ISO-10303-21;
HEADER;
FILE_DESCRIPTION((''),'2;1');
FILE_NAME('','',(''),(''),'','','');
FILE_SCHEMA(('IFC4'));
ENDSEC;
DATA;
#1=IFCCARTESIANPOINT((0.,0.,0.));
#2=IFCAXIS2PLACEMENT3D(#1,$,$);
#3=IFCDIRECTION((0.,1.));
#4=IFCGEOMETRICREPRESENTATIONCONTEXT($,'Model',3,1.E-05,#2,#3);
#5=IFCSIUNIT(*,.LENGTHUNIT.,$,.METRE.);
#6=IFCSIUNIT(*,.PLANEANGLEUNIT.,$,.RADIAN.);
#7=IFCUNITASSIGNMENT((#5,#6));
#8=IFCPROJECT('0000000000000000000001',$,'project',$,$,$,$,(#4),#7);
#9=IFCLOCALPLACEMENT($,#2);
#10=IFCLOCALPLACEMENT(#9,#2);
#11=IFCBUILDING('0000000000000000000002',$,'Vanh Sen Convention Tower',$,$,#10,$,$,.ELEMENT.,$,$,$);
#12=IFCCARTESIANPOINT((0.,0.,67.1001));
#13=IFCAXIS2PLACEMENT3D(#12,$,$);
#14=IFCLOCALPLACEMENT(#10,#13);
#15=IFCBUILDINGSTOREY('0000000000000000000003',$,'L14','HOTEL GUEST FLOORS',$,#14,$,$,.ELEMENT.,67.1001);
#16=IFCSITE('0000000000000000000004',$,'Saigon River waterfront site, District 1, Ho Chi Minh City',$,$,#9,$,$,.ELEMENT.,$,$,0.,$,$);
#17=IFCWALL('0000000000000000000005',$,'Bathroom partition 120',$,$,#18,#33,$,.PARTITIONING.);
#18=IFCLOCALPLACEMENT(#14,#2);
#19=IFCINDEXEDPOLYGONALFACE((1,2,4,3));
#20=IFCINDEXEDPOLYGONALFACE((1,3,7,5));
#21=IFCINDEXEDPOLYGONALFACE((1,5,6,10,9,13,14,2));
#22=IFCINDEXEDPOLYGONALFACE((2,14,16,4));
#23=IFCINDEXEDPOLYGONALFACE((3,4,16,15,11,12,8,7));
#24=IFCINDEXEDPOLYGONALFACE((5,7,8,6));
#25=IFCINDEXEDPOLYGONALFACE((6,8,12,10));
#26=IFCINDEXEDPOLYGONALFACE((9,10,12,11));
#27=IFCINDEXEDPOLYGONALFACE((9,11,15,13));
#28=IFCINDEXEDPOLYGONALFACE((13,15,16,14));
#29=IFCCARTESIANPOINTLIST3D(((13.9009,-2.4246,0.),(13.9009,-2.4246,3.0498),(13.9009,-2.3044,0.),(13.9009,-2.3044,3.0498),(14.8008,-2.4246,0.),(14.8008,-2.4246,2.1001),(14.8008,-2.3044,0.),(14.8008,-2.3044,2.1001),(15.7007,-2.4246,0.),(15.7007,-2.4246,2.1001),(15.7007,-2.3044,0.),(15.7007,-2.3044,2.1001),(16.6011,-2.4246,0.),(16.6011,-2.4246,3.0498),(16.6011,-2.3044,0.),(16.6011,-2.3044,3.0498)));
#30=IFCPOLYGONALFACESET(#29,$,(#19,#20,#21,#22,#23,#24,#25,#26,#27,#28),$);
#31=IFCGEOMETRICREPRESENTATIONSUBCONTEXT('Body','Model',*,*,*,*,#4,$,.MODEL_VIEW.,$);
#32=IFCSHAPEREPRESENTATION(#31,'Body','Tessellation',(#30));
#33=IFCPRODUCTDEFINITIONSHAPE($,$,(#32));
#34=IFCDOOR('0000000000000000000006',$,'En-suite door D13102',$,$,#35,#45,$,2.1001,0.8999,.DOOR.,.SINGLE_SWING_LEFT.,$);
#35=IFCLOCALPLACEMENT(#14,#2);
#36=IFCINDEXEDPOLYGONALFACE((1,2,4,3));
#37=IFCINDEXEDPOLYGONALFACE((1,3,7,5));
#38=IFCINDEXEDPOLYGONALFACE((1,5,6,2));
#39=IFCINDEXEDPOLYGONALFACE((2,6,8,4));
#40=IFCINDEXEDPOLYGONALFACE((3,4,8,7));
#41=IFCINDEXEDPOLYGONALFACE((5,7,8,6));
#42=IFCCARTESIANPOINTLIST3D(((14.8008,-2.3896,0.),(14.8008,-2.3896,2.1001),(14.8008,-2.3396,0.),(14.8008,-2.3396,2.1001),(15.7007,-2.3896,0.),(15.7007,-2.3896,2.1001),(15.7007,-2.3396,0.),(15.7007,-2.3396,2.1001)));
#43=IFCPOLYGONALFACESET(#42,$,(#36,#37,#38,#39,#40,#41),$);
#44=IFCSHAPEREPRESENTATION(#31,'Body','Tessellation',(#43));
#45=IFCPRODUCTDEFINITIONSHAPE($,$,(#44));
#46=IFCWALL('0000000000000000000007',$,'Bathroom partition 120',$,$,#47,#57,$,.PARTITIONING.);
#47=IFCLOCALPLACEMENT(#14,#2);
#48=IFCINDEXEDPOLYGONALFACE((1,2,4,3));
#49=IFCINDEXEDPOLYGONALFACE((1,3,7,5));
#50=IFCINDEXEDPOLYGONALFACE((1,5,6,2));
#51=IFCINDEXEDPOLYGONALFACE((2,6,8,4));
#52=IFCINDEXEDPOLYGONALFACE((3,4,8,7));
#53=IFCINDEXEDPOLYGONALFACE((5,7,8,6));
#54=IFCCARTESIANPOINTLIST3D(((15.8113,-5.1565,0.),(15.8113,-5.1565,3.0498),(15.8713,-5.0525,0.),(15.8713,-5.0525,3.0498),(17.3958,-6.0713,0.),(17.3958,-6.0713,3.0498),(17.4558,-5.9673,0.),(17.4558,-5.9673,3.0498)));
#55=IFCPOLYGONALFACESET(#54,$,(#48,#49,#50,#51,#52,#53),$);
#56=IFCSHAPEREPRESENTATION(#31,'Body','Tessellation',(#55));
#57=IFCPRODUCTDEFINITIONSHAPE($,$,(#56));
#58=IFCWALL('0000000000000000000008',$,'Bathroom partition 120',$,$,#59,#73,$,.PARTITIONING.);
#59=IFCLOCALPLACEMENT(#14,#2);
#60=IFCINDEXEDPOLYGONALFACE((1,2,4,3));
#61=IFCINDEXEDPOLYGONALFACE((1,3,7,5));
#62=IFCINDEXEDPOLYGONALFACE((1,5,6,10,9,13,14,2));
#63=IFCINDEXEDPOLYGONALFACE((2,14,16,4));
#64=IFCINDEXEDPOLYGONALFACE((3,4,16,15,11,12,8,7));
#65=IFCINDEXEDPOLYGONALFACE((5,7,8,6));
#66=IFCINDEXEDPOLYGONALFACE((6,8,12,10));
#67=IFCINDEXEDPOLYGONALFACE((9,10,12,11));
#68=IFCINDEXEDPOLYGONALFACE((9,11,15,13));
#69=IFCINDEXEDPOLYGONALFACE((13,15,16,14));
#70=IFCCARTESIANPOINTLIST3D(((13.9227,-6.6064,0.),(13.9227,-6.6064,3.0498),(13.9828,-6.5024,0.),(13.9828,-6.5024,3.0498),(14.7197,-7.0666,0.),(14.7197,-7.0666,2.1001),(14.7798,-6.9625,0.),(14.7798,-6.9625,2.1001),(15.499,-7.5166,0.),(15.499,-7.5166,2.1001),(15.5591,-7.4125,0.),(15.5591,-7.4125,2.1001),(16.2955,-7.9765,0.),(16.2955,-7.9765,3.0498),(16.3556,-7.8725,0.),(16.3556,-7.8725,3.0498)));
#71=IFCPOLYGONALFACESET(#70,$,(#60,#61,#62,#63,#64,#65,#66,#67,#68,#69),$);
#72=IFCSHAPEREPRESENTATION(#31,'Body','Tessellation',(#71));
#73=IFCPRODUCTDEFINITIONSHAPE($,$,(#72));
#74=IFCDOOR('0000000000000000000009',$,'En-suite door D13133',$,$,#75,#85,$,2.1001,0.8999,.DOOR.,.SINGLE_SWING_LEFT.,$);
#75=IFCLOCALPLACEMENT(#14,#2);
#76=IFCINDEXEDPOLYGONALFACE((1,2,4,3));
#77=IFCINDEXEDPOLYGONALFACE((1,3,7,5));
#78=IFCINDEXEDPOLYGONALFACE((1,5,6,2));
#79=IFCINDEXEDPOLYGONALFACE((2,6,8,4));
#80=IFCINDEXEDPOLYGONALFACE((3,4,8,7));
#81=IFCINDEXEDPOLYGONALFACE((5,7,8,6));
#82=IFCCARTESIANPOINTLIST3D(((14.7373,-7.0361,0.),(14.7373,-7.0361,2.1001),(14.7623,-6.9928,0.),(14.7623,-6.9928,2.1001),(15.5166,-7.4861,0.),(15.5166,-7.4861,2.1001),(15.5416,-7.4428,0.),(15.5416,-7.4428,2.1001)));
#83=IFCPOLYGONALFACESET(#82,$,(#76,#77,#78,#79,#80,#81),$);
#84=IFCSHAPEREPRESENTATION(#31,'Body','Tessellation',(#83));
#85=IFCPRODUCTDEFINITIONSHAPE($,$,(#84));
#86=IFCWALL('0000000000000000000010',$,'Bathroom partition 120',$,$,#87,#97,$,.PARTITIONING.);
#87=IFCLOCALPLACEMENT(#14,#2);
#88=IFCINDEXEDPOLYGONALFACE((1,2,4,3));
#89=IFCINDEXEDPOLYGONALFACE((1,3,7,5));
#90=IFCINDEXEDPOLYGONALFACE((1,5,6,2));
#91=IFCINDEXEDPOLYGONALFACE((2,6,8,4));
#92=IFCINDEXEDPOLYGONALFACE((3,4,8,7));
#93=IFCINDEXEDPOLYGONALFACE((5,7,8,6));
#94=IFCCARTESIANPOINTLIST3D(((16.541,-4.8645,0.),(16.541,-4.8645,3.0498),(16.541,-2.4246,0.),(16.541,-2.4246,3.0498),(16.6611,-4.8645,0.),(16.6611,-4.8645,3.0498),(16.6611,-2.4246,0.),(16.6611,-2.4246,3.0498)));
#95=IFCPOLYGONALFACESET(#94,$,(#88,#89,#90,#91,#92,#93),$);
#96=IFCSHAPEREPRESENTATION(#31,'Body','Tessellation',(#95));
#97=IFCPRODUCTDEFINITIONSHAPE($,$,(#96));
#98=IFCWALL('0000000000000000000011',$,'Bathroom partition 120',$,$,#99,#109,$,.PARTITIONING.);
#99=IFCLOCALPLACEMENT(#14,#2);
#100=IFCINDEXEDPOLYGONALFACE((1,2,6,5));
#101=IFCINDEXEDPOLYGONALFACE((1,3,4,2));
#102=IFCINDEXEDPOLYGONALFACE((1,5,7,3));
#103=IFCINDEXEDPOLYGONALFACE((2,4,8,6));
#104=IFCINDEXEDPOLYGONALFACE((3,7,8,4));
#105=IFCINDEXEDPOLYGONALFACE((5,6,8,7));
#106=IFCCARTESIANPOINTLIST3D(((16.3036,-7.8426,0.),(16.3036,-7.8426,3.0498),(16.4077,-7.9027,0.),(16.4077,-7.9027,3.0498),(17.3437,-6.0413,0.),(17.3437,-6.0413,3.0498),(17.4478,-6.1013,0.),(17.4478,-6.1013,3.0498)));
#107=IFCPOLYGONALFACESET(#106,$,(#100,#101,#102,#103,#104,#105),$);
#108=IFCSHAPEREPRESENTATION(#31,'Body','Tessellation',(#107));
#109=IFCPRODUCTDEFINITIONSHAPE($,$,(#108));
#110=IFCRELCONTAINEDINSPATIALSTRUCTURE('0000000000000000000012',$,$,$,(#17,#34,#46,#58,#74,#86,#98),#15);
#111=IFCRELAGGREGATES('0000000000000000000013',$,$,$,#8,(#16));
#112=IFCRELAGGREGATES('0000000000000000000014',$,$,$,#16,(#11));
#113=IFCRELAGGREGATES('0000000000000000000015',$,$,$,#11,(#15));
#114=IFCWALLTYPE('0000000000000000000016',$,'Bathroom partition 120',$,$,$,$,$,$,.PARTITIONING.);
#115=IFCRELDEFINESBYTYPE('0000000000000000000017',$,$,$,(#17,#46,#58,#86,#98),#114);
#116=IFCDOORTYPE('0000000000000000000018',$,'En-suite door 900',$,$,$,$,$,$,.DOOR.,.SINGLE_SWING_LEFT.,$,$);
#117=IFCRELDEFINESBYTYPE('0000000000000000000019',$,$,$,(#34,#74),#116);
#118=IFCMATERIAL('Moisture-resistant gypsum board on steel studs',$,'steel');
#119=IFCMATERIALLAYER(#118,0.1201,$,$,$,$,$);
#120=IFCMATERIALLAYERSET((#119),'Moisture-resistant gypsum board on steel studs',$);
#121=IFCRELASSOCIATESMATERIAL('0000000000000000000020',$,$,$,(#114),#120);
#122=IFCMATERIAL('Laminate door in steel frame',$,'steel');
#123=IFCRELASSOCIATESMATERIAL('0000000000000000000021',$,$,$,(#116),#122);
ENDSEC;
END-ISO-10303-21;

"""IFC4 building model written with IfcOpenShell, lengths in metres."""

from ifc_helpers import new_model, si_unit, direction, frame, frame_2d, origin, place, context, subcontext, project, spatial, rectangle, extrude, material, layer, layer_set, type_object, element, fill, save


model = new_model("IFC4")

# Units and contexts
model_context = context("Model", 3, precision=1e-05, world=origin(), true_north=direction((0.0, 1.0)))
body_context = subcontext(model_context, "Body", "Model", "MODEL_VIEW")
ifc_project = project(units=[si_unit("LENGTHUNIT", "METRE"), si_unit("PLANEANGLEUNIT", "RADIAN")], contexts=[model_context])

# Site, building, storey
site_placement = place(None, origin())
site = spatial("IfcSite", under=ifc_project, at=site_placement, Name="Saigon River waterfront site, District 1, Ho Chi Minh City", CompositionType="ELEMENT", RefElevation=0.0)
building_placement = place(site_placement, origin())
building = spatial("IfcBuilding", under=site, at=building_placement, Name="Vanh Sen Convention Tower", CompositionType="ELEMENT")
storey_placement = place(building_placement, frame((0.0, 0.0, 67.1001)))
storey = spatial("IfcBuildingStorey", under=building, at=storey_placement, Name="L14", Description="HOTEL GUEST FLOORS", CompositionType="ELEMENT", Elevation=67.1001)

# Wall, opening, door
ifc_material_1 = material(Name="Moisture-resistant gypsum board on steel studs", Category="steel")
ifc_layer_1 = layer(ifc_material_1, 0.1201)
ifc_layer_set_1 = layer_set([ifc_layer_1], Name="Moisture-resistant gypsum board on steel studs")
wall_type_1 = type_object("IfcWallType", Name="Bathroom partition 120", PredefinedType="PARTITIONING", material=ifc_layer_set_1)
wall_1_placement = place(storey_placement, frame((13.9009, -2.3645, 0.0), z_axis=(0.0, 0.0, 1.0), x_axis=(1.0, 0.0, 0.0)))
wall_1 = element("IfcWall", 1, at=wall_1_placement, inside=storey, type_object=wall_type_1, Name="Bathroom partition 120", PredefinedType="PARTITIONING", context=body_context, shape_type="SweptSolid", body=[
    extrude(rectangle(XDim=2.7002, YDim=0.1201, at=frame_2d((1.3501, 0.0))), origin(), (0.0, 0.0, 1.0), 3.0498),
])
opening_1_placement = place(wall_1_placement, frame((0.8999, 0.0, 0.0)))
opening_1 = element("IfcOpeningElement", 2, at=opening_1_placement, cuts=wall_1, PredefinedType="OPENING", context=body_context, shape_type="SweptSolid", body=[
    extrude(rectangle(XDim=0.8999, YDim=2.1001, at=frame_2d((0.45, 1.05))), frame((0.0, 0.0701, 0.0), z_axis=(0.0, -1.0, 0.0), x_axis=(1.0, 0.0, 0.0)), (0.0, 0.0, 1.0), 0.1401),
])
ifc_material_2 = material(Name="Laminate door in steel frame", Category="steel")
door_type = type_object("IfcDoorType", Name="En-suite door 900", OperationType="SINGLE_SWING_LEFT", PredefinedType="DOOR", material=ifc_material_2)
door_1_placement = place(opening_1_placement, origin())
door_1 = element("IfcDoor", 3, at=door_1_placement, inside=storey, type_object=door_type, Name="En-suite door D13102", OperationType="SINGLE_SWING_LEFT", OverallHeight=2.1001, OverallWidth=0.8999, PredefinedType="DOOR", context=body_context, shape_type="SweptSolid", body=[
    extrude(rectangle(XDim=0.8999, YDim=2.1001, at=frame_2d((0.45, 1.05))), frame((0.0, 0.0249, 0.0), z_axis=(0.0, -1.0, 0.0), x_axis=(1.0, 0.0, 0.0)), (0.0, 0.0, 1.0), 0.05),
])
fill(opening_1, door_1)

# Wall
wall_2_placement = place(storey_placement, frame((15.8413, -5.1045, 0.0), z_axis=(0.0, 0.0, 1.0), x_axis=(0.866026, -0.5, 0.0)))
element("IfcWall", 4, at=wall_2_placement, inside=storey, type_object=wall_type_1, Name="Bathroom partition 120", PredefinedType="PARTITIONING", context=body_context, shape_type="SweptSolid", body=[
    extrude(rectangle(XDim=1.8296, YDim=0.1201, at=frame_2d((0.9148, 0.0))), origin(), (0.0, 0.0, 1.0), 3.0498),
])

# Wall, opening, door
wall_3_placement = place(storey_placement, frame((16.3257, -7.9246, 0.0), z_axis=(0.0, 0.0, 1.0), x_axis=(-0.865997, 0.500049, 0.0)))
wall_3 = element("IfcWall", 5, at=wall_3_placement, inside=storey, type_object=wall_type_1, Name="Bathroom partition 120", PredefinedType="PARTITIONING", context=body_context, shape_type="SweptSolid", body=[
    extrude(rectangle(XDim=2.74, YDim=0.1201, at=frame_2d((1.3701, 0.0))), origin(), (0.0, 0.0, 1.0), 3.0498),
])
opening_2_placement = place(wall_3_placement, frame((0.9199, 0.0, 0.0)))
opening_2 = element("IfcOpeningElement", 6, at=opening_2_placement, cuts=wall_3, PredefinedType="OPENING", context=body_context, shape_type="SweptSolid", body=[
    extrude(rectangle(XDim=0.8999, YDim=2.1001, at=frame_2d((0.45, 1.05))), frame((0.0, 0.0701, 0.0), z_axis=(0.0, -1.0, 0.0), x_axis=(1.0, 0.0, 0.0)), (0.0, 0.0, 1.0), 0.1401),
])
door_2_placement = place(opening_2_placement, origin())
door_2 = element("IfcDoor", 7, at=door_2_placement, inside=storey, type_object=door_type, Name="En-suite door D13133", OperationType="SINGLE_SWING_LEFT", OverallHeight=2.1001, OverallWidth=0.8999, PredefinedType="DOOR", context=body_context, shape_type="SweptSolid", body=[
    extrude(rectangle(XDim=0.8999, YDim=2.1001, at=frame_2d((0.45, 1.05))), frame((0.0, 0.0249, 0.0), z_axis=(0.0, -1.0, 0.0), x_axis=(1.0, 0.0, 0.0)), (0.0, 0.0, 1.0), 0.05),
])
fill(opening_2, door_2)

# Walls
wall_4_placement = place(storey_placement, frame((16.6011, -2.4246, 0.0), z_axis=(0.0, 0.0, 1.0), x_axis=(0.0, -1.0, 0.0)))
element("IfcWall", 8, at=wall_4_placement, inside=storey, type_object=wall_type_1, Name="Bathroom partition 120", PredefinedType="PARTITIONING", context=body_context, shape_type="SweptSolid", body=[
    extrude(rectangle(XDim=2.4399, YDim=0.1201, at=frame_2d((1.22, 0.0))), origin(), (0.0, 0.0, 1.0), 3.0498),
])
wall_5_placement = place(storey_placement, frame((17.3958, -6.0713, 0.0), z_axis=(0.0, 0.0, 1.0), x_axis=(-0.500027, -0.86601, 0.0)))
element("IfcWall", 9, at=wall_5_placement, inside=storey, type_object=wall_type_1, Name="Bathroom partition 120", PredefinedType="PARTITIONING", context=body_context, shape_type="SweptSolid", body=[
    extrude(rectangle(XDim=2.0801, YDim=0.1201, at=frame_2d((1.04, 0.0))), origin(), (0.0, 0.0, 1.0), 3.0498),
])

save(model, "model.ifc")
